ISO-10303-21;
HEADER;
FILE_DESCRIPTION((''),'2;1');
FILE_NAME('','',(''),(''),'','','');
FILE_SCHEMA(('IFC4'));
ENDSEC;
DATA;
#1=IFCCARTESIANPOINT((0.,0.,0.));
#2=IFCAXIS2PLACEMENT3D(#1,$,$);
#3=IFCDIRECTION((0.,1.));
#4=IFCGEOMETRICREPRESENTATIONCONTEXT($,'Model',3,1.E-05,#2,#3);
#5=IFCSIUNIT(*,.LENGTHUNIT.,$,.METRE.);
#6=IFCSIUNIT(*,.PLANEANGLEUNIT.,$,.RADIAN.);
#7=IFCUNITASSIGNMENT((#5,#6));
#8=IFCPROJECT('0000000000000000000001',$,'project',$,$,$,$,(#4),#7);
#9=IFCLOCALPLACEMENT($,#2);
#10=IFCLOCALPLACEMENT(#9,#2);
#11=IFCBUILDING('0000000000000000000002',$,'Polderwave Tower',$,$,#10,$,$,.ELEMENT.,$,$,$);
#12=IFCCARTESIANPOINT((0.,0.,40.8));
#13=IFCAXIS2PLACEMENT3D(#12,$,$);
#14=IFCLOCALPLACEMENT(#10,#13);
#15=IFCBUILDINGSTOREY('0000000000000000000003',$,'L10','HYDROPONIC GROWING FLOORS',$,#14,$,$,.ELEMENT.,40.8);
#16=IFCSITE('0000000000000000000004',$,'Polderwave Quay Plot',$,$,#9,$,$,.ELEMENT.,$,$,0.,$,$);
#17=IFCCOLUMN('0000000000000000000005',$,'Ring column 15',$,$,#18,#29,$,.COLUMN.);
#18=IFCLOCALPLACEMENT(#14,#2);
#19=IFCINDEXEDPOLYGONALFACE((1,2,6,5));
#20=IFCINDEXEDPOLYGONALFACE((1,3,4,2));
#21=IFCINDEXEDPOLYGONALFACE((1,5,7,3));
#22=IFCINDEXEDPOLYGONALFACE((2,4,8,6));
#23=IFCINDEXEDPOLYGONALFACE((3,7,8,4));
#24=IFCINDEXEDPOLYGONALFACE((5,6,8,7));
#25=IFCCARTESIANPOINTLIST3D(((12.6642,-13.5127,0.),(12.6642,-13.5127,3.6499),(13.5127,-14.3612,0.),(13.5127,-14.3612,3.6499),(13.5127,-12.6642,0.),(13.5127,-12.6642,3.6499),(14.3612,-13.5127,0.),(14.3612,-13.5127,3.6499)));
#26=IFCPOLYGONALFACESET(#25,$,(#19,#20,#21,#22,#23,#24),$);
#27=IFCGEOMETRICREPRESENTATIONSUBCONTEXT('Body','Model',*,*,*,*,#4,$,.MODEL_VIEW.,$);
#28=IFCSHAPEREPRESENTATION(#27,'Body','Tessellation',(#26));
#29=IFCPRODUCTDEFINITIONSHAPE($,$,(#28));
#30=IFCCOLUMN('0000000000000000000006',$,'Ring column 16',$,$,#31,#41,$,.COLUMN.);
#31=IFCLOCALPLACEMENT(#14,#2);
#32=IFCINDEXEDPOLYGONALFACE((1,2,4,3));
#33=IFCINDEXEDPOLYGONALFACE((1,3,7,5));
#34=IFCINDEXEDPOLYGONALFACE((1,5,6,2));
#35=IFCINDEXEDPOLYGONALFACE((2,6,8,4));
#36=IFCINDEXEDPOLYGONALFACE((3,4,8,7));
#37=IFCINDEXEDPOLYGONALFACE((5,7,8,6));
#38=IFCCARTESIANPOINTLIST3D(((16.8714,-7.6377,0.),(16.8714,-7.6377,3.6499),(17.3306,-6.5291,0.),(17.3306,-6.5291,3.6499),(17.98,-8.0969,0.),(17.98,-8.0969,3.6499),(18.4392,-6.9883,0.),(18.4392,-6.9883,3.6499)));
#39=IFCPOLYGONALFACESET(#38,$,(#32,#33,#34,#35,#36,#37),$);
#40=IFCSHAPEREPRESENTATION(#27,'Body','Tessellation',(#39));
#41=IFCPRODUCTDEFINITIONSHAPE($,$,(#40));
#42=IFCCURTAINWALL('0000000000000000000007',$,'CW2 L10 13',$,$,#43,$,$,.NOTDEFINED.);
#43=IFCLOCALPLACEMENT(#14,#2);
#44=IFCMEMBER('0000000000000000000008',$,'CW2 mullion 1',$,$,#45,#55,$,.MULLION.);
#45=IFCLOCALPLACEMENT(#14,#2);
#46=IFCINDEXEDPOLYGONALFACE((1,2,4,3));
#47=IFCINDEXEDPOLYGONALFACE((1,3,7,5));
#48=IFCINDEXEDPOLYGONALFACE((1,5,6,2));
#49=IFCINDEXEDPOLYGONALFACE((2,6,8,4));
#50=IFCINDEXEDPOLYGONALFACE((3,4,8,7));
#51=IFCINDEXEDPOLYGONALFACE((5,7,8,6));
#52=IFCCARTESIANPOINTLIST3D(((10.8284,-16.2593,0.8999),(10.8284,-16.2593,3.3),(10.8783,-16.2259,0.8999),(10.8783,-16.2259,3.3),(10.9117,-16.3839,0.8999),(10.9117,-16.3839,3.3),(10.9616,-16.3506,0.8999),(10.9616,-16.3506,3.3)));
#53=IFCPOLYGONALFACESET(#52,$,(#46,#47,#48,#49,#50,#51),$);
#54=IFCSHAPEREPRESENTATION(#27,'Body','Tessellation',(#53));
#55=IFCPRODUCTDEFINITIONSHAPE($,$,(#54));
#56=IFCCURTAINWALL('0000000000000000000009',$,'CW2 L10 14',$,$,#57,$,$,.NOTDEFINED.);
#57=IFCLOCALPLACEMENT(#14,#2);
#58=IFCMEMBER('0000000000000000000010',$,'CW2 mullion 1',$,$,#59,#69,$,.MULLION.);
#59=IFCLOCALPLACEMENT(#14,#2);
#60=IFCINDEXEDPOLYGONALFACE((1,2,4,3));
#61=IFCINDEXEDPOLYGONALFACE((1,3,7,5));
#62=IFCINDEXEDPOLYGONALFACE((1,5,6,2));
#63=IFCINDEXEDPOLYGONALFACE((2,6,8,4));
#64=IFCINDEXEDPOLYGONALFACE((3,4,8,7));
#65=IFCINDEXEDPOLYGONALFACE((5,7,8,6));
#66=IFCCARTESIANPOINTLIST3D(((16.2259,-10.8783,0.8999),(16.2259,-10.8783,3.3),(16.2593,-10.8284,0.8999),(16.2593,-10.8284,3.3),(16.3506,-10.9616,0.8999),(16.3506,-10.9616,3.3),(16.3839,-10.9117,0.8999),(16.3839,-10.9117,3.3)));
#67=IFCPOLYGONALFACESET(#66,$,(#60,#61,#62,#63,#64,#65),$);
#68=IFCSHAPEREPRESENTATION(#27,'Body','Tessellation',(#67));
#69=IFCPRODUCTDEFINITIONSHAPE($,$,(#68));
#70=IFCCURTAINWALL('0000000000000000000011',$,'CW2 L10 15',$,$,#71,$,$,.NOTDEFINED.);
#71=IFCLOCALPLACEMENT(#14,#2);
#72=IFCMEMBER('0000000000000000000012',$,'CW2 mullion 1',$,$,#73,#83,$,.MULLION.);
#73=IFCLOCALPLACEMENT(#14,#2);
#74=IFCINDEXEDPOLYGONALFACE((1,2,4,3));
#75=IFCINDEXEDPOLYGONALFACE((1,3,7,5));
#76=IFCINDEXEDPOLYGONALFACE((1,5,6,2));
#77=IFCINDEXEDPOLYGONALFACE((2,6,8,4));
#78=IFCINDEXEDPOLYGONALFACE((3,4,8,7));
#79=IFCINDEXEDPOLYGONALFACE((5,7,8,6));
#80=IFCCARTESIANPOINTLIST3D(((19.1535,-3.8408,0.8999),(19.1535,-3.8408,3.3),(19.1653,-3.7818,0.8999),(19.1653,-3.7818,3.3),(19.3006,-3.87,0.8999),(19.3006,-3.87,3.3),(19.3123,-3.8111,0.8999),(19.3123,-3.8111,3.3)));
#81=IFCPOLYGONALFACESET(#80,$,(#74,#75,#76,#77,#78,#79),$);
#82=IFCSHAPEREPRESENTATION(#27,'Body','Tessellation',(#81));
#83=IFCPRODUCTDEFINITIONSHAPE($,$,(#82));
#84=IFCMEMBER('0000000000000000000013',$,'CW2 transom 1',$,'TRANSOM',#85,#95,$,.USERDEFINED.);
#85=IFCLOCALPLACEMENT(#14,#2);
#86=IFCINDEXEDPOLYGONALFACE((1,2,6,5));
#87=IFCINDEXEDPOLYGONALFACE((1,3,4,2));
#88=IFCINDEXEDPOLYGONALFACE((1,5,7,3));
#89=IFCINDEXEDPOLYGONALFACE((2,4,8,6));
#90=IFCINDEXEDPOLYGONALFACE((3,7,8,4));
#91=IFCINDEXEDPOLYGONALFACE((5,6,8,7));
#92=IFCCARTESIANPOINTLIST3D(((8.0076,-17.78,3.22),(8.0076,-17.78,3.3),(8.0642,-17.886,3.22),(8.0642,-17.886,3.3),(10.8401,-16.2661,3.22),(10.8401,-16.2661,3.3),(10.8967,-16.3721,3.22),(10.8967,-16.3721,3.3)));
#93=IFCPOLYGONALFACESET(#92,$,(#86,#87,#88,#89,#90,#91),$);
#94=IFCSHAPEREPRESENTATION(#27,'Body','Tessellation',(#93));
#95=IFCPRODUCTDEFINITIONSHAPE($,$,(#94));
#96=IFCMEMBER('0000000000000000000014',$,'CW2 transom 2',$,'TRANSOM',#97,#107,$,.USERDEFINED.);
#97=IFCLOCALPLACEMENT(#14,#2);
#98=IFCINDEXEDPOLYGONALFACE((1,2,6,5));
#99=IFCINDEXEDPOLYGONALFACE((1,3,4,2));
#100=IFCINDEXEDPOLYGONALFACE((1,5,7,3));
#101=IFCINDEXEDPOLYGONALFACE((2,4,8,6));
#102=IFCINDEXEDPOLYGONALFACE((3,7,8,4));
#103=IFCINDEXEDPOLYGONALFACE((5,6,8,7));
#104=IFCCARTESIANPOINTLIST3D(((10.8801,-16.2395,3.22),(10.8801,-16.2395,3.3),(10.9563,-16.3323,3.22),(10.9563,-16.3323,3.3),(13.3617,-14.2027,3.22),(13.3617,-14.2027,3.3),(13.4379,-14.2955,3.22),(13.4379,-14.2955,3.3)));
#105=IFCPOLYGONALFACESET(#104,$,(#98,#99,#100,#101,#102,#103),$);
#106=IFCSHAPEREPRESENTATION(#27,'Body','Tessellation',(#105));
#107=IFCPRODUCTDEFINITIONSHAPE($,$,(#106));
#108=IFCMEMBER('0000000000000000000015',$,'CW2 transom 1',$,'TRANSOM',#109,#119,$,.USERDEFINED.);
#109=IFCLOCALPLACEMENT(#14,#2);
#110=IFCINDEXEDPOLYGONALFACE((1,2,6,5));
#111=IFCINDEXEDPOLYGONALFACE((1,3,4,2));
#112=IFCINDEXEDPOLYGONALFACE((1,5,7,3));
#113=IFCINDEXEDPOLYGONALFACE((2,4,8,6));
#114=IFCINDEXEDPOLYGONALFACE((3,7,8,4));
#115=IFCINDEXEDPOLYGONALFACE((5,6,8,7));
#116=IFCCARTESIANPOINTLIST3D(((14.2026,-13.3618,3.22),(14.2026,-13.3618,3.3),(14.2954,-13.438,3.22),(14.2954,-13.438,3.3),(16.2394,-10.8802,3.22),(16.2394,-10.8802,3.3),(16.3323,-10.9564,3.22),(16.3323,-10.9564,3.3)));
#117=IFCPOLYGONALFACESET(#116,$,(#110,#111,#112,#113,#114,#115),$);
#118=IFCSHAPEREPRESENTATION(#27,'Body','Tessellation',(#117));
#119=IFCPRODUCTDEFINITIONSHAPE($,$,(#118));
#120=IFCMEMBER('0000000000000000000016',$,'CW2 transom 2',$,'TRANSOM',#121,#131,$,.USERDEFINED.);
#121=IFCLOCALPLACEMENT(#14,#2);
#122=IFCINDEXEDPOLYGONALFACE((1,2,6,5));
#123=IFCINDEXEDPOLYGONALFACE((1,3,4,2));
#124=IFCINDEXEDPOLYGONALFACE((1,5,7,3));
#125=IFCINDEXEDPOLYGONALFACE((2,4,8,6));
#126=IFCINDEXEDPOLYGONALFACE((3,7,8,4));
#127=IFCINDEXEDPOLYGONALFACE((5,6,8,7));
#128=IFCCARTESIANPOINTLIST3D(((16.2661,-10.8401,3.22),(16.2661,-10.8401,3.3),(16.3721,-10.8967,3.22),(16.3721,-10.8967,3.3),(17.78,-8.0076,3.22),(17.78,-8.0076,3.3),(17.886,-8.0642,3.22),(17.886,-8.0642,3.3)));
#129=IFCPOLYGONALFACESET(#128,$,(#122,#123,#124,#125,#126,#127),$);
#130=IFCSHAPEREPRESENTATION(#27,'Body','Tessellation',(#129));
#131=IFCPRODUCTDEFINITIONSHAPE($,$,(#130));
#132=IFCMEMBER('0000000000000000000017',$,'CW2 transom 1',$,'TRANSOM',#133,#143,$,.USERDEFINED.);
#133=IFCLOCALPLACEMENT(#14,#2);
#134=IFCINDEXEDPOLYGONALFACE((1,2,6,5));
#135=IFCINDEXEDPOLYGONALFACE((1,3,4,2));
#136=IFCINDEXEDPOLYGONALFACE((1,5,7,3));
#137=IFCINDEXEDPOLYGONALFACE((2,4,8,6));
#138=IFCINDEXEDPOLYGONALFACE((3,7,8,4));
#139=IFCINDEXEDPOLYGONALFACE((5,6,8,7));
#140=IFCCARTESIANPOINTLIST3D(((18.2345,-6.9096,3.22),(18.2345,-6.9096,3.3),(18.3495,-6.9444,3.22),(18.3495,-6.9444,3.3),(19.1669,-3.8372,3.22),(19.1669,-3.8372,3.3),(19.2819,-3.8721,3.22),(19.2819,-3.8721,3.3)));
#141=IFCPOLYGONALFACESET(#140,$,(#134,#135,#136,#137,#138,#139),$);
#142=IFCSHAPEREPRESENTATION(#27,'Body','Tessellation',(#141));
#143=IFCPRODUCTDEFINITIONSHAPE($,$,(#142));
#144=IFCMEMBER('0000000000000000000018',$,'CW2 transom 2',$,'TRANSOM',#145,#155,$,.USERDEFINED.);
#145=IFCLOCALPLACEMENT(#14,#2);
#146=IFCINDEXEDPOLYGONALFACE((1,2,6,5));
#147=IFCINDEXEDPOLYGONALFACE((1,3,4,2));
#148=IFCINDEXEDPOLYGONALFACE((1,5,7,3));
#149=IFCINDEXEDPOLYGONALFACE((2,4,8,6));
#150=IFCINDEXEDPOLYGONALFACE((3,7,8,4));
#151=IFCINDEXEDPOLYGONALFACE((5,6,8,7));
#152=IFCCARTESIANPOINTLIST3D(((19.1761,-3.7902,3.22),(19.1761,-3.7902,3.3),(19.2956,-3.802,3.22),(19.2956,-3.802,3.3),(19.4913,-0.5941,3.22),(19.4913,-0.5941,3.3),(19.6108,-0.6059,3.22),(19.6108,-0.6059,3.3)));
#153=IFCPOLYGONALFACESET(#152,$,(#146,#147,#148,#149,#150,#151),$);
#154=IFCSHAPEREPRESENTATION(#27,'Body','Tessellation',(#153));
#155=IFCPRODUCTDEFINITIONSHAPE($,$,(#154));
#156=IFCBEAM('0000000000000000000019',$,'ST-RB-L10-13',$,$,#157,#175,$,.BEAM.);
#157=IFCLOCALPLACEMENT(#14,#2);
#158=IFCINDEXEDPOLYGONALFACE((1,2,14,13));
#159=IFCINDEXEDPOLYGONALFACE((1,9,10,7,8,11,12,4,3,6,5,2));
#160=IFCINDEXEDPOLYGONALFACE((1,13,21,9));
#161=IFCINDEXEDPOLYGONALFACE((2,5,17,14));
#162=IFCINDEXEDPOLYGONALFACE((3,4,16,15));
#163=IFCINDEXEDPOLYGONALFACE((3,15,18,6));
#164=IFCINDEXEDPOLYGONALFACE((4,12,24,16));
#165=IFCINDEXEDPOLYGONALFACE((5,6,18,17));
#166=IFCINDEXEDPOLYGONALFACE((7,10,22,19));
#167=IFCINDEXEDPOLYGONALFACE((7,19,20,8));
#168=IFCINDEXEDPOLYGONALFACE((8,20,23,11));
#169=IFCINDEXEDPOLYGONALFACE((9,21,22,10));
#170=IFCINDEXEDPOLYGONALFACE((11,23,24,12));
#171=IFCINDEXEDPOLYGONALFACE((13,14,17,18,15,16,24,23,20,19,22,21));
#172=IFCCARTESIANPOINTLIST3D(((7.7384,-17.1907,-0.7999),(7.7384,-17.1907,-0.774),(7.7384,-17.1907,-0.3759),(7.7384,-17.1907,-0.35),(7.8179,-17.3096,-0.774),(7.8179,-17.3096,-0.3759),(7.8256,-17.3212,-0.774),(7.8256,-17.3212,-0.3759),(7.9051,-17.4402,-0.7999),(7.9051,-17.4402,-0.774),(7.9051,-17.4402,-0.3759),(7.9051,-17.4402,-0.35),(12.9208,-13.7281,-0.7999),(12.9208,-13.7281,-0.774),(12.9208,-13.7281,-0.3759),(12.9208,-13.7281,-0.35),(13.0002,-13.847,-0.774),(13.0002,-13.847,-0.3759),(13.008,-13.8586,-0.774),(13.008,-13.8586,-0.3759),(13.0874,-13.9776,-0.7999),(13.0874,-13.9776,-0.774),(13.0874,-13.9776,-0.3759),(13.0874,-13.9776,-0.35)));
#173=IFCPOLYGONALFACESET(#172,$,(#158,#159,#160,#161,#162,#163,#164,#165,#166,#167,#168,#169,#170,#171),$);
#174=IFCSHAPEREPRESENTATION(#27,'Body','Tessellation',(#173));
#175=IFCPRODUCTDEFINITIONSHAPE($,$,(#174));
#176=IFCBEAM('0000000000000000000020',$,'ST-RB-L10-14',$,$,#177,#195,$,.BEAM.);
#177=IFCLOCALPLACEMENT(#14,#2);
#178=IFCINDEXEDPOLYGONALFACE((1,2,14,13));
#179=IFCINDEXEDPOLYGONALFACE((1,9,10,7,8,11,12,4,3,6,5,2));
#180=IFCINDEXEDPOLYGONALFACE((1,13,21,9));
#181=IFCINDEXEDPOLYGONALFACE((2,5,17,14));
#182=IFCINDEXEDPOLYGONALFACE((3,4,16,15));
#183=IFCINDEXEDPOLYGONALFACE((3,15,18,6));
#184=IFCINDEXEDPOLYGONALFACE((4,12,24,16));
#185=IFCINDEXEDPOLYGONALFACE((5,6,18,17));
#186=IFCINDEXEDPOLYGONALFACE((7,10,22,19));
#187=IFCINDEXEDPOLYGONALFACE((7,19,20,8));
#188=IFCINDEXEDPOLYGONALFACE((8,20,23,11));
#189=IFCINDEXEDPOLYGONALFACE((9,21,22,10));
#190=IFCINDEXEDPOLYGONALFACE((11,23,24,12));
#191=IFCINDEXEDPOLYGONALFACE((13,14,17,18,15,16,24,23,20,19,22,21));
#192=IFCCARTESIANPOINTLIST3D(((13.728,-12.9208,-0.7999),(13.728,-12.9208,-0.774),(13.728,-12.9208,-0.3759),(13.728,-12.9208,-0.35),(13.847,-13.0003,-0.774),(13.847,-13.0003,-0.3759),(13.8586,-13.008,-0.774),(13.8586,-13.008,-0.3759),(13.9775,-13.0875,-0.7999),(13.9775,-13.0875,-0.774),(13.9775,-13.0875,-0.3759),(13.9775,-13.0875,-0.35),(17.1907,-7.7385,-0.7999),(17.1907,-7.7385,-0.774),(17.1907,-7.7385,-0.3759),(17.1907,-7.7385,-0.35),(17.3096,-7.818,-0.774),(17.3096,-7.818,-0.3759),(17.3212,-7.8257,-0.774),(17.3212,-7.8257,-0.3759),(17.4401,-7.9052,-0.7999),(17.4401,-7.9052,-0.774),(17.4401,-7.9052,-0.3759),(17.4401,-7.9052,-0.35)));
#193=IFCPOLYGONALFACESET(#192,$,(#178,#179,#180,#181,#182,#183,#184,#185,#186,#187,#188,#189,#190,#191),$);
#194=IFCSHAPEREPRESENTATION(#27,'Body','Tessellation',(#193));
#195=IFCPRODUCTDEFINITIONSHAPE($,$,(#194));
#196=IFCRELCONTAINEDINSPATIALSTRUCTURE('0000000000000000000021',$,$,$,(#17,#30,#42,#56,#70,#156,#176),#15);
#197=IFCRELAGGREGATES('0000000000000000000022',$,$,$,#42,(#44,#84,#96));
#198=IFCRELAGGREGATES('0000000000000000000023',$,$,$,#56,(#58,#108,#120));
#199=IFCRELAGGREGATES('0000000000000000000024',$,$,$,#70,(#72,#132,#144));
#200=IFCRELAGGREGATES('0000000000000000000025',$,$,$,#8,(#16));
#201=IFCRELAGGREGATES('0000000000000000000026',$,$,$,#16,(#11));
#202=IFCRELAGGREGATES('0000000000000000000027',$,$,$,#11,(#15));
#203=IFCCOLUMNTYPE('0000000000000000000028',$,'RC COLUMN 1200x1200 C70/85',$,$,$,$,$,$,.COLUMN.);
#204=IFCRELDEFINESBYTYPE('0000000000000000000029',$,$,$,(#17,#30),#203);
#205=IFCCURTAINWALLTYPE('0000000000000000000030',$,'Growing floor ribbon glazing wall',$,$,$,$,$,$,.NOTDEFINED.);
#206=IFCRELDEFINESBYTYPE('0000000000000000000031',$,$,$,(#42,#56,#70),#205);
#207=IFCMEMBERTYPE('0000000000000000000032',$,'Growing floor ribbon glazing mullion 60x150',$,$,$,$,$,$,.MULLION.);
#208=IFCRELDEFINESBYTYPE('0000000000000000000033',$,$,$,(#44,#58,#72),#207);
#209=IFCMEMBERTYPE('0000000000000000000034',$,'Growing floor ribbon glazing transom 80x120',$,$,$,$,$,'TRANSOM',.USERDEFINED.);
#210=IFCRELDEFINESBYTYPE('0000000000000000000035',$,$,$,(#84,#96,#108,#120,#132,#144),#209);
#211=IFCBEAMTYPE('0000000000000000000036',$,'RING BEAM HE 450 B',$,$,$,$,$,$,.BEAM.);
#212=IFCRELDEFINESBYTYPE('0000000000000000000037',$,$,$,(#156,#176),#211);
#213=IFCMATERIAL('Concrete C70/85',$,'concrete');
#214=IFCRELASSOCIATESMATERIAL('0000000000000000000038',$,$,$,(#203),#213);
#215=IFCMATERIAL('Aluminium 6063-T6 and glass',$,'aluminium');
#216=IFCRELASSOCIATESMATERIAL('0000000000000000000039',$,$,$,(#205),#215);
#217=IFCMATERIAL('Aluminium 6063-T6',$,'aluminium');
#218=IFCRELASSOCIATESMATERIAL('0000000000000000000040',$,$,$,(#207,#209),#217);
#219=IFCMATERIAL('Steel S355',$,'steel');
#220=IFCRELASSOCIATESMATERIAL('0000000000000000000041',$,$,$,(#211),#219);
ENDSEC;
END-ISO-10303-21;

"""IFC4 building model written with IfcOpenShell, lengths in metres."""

from ifc_helpers import new_model, si_unit, direction, frame, origin, origin_2d, place, context, subcontext, project, spatial, rectangle, i_section, extrude, material, material_profile, profile_set, type_object, element, aggregate, save


model = new_model("IFC4")

# Units and contexts
model_context = context("Model", 3, precision=1e-05, world=origin(), true_north=direction((0.0, 1.0)))
body_context = subcontext(model_context, "Body", "Model", "MODEL_VIEW")
ifc_project = project(units=[si_unit("LENGTHUNIT", "METRE"), si_unit("PLANEANGLEUNIT", "RADIAN")], contexts=[model_context])

# Site, building, storey
site_placement = place(None, origin())
site = spatial("IfcSite", under=ifc_project, at=site_placement, Name="Polderwave Quay Plot", CompositionType="ELEMENT", RefElevation=0.0)
building_placement = place(site_placement, origin())
building = spatial("IfcBuilding", under=site, at=building_placement, Name="Polderwave Tower", CompositionType="ELEMENT")
storey_placement = place(building_placement, frame((0.0, 0.0, 40.8)))
storey = spatial("IfcBuildingStorey", under=building, at=storey_placement, Name="L10", Description="HYDROPONIC GROWING FLOORS", CompositionType="ELEMENT", Elevation=40.8)

# Columns
ifc_material_1 = material(Name="Concrete C70/85", Category="concrete")
ifc_material_profile_1 = material_profile(ifc_material_1, rectangle(XDim=1.2, YDim=1.2, at=origin_2d()), Name="RC 1200x1200")
ifc_profile_set_1 = profile_set([ifc_material_profile_1], Name="Concrete C70/85")
column_type = type_object("IfcColumnType", Name="RC COLUMN 1200x1200 C70/85", PredefinedType="COLUMN", material=ifc_profile_set_1)
for number, where, z_axis, x_axis, name in (
    (1, (13.5127, -13.5127, 0.0), (0.0, 0.0, 1.0), (0.707107, -0.707107, 0.0), "Ring column 15"),
    (2, (17.6553, -7.313, 0.0), (0.0, 0.0, 1.0), (0.92388, -0.382683, 0.0), "Ring column 16"),
):
    element("IfcColumn", number, at=place(storey_placement, frame(where, z_axis=z_axis, x_axis=x_axis)), inside=storey, type_object=column_type, Name=name, PredefinedType="COLUMN", context=body_context, shape_type="SweptSolid", body=[
        extrude(rectangle(XDim=1.2, YDim=1.2, at=origin_2d()), origin(), (0.0, 0.0, 1.0), 3.6499),
    ])

# Curtain walls, members
ifc_material_2 = material(Name="Aluminium 6063-T6 and glass", Category="aluminium")
curtain_wall_type = type_object("IfcCurtainWallType", Name="Growing floor ribbon glazing wall", PredefinedType="NOTDEFINED", material=ifc_material_2)
curtain_wall_1_placement = place(storey_placement, origin())
curtain_wall_1 = element("IfcCurtainWall", 3, at=curtain_wall_1_placement, inside=storey, type_object=curtain_wall_type, Name="CW2 L10 13", PredefinedType="NOTDEFINED")
ifc_material_3 = material(Name="Aluminium 6063-T6", Category="aluminium")
ifc_material_profile_2 = material_profile(ifc_material_3, rectangle(XDim=0.1499, YDim=0.0601, at=origin_2d()), Name="AL 60x150")
ifc_profile_set_2 = profile_set([ifc_material_profile_2], Name="Aluminium 6063-T6")
member_type_1 = type_object("IfcMemberType", Name="Growing floor ribbon glazing mullion 60x150", PredefinedType="MULLION", material=ifc_profile_set_2)
member_1_placement = place(storey_placement, frame((10.895, -16.3049, 0.8999), z_axis=(0.0, 0.0, 1.0), x_axis=(-0.555572, 0.831469, 0.0)))
member_1 = element("IfcMember", 4, at=member_1_placement, type_object=member_type_1, Name="CW2 mullion 1", PredefinedType="MULLION", context=body_context, shape_type="SweptSolid", body=[
    extrude(rectangle(XDim=0.1499, YDim=0.0601, at=origin_2d()), origin(), (0.0, 0.0, 1.0), 2.4001),
])
curtain_wall_2_placement = place(storey_placement, origin())
curtain_wall_2 = element("IfcCurtainWall", 5, at=curtain_wall_2_placement, inside=storey, type_object=curtain_wall_type, Name="CW2 L10 14", PredefinedType="NOTDEFINED")
member_2_placement = place(storey_placement, frame((16.3049, -10.895, 0.8999), z_axis=(0.0, 0.0, 1.0), x_axis=(-0.831469, 0.555572, 0.0)))
member_2 = element("IfcMember", 6, at=member_2_placement, type_object=member_type_1, Name="CW2 mullion 1", PredefinedType="MULLION", context=body_context, shape_type="SweptSolid", body=[
    extrude(rectangle(XDim=0.1499, YDim=0.0601, at=origin_2d()), origin(), (0.0, 0.0, 1.0), 2.4001),
])
curtain_wall_3_placement = place(storey_placement, origin())
curtain_wall_3 = element("IfcCurtainWall", 7, at=curtain_wall_3_placement, inside=storey, type_object=curtain_wall_type, Name="CW2 L10 15", PredefinedType="NOTDEFINED")
member_3_placement = place(storey_placement, frame((19.2329, -3.8259, 0.8999), z_axis=(0.0, 0.0, 1.0), x_axis=(-0.980768, 0.195178, 0.0)))
member_3 = element("IfcMember", 8, at=member_3_placement, type_object=member_type_1, Name="CW2 mullion 1", PredefinedType="MULLION", context=body_context, shape_type="SweptSolid", body=[
    extrude(rectangle(XDim=0.1499, YDim=0.0601, at=origin_2d()), origin(), (0.0, 0.0, 1.0), 2.4001),
])

# Members
ifc_material_profile_3 = material_profile(ifc_material_3, rectangle(XDim=0.1201, YDim=0.0801, at=origin_2d()), Name="AL 80x120")
ifc_profile_set_3 = profile_set([ifc_material_profile_3], Name="Aluminium 6063-T6")
member_type_2 = type_object("IfcMemberType", Name="Growing floor ribbon glazing transom 80x120", ElementType="TRANSOM", PredefinedType="USERDEFINED", material=ifc_profile_set_3)
member_4_placement = place(storey_placement, frame((8.0359, -17.833, 3.26), z_axis=(0.881934, 0.471373, 0.0), x_axis=(-0.471373, 0.881934, 0.0)))
member_4 = element("IfcMember", 9, at=member_4_placement, type_object=member_type_2, Name="CW2 transom 1", ObjectType="TRANSOM", PredefinedType="USERDEFINED", context=body_context, shape_type="SweptSolid", body=[
    extrude(rectangle(XDim=0.1201, YDim=0.0801, at=origin_2d()), origin(), (0.0, 0.0, 1.0), 3.2117),
])
member_5_placement = place(storey_placement, frame((10.9182, -16.2859, 3.26), z_axis=(0.772981, 0.63443, 0.0), x_axis=(-0.63443, 0.772981, 0.0)))
member_5 = element("IfcMember", 10, at=member_5_placement, type_object=member_type_2, Name="CW2 transom 2", ObjectType="TRANSOM", PredefinedType="USERDEFINED", context=body_context, shape_type="SweptSolid", body=[
    extrude(rectangle(XDim=0.1201, YDim=0.0801, at=origin_2d()), origin(), (0.0, 0.0, 1.0), 3.2104),
])
member_6_placement = place(storey_placement, frame((14.249, -13.3999, 3.26), z_axis=(0.63443, 0.772981, 0.0), x_axis=(-0.772981, 0.63443, 0.0)))
member_6 = element("IfcMember", 11, at=member_6_placement, type_object=member_type_2, Name="CW2 transom 1", ObjectType="TRANSOM", PredefinedType="USERDEFINED", context=body_context, shape_type="SweptSolid", body=[
    extrude(rectangle(XDim=0.1201, YDim=0.0801, at=origin_2d()), origin(), (0.0, 0.0, 1.0), 3.2104),
])
member_7_placement = place(storey_placement, frame((16.3191, -10.8684, 3.26), z_axis=(0.471373, 0.881934, 0.0), x_axis=(-0.881934, 0.471373, 0.0)))
member_7 = element("IfcMember", 12, at=member_7_placement, type_object=member_type_2, Name="CW2 transom 2", ObjectType="TRANSOM", PredefinedType="USERDEFINED", context=body_context, shape_type="SweptSolid", body=[
    extrude(rectangle(XDim=0.1201, YDim=0.0801, at=origin_2d()), origin(), (0.0, 0.0, 1.0), 3.2117),
])
member_8_placement = place(storey_placement, frame((18.292, -6.927, 3.26), z_axis=(0.290402, 0.956905, 0.0), x_axis=(-0.956905, 0.290402, 0.0)))
member_8 = element("IfcMember", 13, at=member_8_placement, type_object=member_type_2, Name="CW2 transom 1", ObjectType="TRANSOM", PredefinedType="USERDEFINED", context=body_context, shape_type="SweptSolid", body=[
    extrude(rectangle(XDim=0.1201, YDim=0.0801, at=origin_2d()), origin(), (0.0, 0.0, 1.0), 3.2107),
])
member_9_placement = place(storey_placement, frame((19.2358, -3.7961, 3.26), z_axis=(0.098141, 0.995172, 0.0), x_axis=(-0.995172, 0.098141, 0.0)))
member_9 = element("IfcMember", 14, at=member_9_placement, type_object=member_type_2, Name="CW2 transom 2", ObjectType="TRANSOM", PredefinedType="USERDEFINED", context=body_context, shape_type="SweptSolid", body=[
    extrude(rectangle(XDim=0.1201, YDim=0.0801, at=origin_2d()), origin(), (0.0, 0.0, 1.0), 3.2117),
])

# Beams
ifc_material_4 = material(Name="Steel S355", Category="steel")
ifc_material_profile_4 = material_profile(ifc_material_4, i_section(OverallWidth=0.3, OverallDepth=0.45, WebThickness=0.0139, FlangeThickness=0.0259, at=origin_2d()), Name="HE 450 B")
ifc_profile_set_4 = profile_set([ifc_material_profile_4], Name="Steel S355")
beam_type = type_object("IfcBeamType", Name="RING BEAM HE 450 B", PredefinedType="BEAM", material=ifc_profile_set_4)
for number, where, z_axis, x_axis, name in (
    (15, (7.8218, -17.3154, -0.575), (0.831477, 0.555559, 0.0), (-0.555559, 0.831477, 0.0), "ST-RB-L10-13"),
    (16, (13.8528, -13.0042, -0.575), (0.555559, 0.831477, 0.0), (-0.831477, 0.555559, 0.0), "ST-RB-L10-14"),
):
    element("IfcBeam", number, at=place(storey_placement, frame(where, z_axis=z_axis, x_axis=x_axis)), inside=storey, type_object=beam_type, Name=name, PredefinedType="BEAM", context=body_context, shape_type="SweptSolid", body=[
        extrude(i_section(OverallWidth=0.3, OverallDepth=0.45, WebThickness=0.0139, FlangeThickness=0.0259, at=origin_2d()), origin(), (0.0, 0.0, 1.0), 6.2327),
    ])

aggregate(curtain_wall_1, [member_1, member_4, member_5])
aggregate(curtain_wall_2, [member_2, member_6, member_7])
aggregate(curtain_wall_3, [member_3, member_8, member_9])

save(model, "model.ifc")
